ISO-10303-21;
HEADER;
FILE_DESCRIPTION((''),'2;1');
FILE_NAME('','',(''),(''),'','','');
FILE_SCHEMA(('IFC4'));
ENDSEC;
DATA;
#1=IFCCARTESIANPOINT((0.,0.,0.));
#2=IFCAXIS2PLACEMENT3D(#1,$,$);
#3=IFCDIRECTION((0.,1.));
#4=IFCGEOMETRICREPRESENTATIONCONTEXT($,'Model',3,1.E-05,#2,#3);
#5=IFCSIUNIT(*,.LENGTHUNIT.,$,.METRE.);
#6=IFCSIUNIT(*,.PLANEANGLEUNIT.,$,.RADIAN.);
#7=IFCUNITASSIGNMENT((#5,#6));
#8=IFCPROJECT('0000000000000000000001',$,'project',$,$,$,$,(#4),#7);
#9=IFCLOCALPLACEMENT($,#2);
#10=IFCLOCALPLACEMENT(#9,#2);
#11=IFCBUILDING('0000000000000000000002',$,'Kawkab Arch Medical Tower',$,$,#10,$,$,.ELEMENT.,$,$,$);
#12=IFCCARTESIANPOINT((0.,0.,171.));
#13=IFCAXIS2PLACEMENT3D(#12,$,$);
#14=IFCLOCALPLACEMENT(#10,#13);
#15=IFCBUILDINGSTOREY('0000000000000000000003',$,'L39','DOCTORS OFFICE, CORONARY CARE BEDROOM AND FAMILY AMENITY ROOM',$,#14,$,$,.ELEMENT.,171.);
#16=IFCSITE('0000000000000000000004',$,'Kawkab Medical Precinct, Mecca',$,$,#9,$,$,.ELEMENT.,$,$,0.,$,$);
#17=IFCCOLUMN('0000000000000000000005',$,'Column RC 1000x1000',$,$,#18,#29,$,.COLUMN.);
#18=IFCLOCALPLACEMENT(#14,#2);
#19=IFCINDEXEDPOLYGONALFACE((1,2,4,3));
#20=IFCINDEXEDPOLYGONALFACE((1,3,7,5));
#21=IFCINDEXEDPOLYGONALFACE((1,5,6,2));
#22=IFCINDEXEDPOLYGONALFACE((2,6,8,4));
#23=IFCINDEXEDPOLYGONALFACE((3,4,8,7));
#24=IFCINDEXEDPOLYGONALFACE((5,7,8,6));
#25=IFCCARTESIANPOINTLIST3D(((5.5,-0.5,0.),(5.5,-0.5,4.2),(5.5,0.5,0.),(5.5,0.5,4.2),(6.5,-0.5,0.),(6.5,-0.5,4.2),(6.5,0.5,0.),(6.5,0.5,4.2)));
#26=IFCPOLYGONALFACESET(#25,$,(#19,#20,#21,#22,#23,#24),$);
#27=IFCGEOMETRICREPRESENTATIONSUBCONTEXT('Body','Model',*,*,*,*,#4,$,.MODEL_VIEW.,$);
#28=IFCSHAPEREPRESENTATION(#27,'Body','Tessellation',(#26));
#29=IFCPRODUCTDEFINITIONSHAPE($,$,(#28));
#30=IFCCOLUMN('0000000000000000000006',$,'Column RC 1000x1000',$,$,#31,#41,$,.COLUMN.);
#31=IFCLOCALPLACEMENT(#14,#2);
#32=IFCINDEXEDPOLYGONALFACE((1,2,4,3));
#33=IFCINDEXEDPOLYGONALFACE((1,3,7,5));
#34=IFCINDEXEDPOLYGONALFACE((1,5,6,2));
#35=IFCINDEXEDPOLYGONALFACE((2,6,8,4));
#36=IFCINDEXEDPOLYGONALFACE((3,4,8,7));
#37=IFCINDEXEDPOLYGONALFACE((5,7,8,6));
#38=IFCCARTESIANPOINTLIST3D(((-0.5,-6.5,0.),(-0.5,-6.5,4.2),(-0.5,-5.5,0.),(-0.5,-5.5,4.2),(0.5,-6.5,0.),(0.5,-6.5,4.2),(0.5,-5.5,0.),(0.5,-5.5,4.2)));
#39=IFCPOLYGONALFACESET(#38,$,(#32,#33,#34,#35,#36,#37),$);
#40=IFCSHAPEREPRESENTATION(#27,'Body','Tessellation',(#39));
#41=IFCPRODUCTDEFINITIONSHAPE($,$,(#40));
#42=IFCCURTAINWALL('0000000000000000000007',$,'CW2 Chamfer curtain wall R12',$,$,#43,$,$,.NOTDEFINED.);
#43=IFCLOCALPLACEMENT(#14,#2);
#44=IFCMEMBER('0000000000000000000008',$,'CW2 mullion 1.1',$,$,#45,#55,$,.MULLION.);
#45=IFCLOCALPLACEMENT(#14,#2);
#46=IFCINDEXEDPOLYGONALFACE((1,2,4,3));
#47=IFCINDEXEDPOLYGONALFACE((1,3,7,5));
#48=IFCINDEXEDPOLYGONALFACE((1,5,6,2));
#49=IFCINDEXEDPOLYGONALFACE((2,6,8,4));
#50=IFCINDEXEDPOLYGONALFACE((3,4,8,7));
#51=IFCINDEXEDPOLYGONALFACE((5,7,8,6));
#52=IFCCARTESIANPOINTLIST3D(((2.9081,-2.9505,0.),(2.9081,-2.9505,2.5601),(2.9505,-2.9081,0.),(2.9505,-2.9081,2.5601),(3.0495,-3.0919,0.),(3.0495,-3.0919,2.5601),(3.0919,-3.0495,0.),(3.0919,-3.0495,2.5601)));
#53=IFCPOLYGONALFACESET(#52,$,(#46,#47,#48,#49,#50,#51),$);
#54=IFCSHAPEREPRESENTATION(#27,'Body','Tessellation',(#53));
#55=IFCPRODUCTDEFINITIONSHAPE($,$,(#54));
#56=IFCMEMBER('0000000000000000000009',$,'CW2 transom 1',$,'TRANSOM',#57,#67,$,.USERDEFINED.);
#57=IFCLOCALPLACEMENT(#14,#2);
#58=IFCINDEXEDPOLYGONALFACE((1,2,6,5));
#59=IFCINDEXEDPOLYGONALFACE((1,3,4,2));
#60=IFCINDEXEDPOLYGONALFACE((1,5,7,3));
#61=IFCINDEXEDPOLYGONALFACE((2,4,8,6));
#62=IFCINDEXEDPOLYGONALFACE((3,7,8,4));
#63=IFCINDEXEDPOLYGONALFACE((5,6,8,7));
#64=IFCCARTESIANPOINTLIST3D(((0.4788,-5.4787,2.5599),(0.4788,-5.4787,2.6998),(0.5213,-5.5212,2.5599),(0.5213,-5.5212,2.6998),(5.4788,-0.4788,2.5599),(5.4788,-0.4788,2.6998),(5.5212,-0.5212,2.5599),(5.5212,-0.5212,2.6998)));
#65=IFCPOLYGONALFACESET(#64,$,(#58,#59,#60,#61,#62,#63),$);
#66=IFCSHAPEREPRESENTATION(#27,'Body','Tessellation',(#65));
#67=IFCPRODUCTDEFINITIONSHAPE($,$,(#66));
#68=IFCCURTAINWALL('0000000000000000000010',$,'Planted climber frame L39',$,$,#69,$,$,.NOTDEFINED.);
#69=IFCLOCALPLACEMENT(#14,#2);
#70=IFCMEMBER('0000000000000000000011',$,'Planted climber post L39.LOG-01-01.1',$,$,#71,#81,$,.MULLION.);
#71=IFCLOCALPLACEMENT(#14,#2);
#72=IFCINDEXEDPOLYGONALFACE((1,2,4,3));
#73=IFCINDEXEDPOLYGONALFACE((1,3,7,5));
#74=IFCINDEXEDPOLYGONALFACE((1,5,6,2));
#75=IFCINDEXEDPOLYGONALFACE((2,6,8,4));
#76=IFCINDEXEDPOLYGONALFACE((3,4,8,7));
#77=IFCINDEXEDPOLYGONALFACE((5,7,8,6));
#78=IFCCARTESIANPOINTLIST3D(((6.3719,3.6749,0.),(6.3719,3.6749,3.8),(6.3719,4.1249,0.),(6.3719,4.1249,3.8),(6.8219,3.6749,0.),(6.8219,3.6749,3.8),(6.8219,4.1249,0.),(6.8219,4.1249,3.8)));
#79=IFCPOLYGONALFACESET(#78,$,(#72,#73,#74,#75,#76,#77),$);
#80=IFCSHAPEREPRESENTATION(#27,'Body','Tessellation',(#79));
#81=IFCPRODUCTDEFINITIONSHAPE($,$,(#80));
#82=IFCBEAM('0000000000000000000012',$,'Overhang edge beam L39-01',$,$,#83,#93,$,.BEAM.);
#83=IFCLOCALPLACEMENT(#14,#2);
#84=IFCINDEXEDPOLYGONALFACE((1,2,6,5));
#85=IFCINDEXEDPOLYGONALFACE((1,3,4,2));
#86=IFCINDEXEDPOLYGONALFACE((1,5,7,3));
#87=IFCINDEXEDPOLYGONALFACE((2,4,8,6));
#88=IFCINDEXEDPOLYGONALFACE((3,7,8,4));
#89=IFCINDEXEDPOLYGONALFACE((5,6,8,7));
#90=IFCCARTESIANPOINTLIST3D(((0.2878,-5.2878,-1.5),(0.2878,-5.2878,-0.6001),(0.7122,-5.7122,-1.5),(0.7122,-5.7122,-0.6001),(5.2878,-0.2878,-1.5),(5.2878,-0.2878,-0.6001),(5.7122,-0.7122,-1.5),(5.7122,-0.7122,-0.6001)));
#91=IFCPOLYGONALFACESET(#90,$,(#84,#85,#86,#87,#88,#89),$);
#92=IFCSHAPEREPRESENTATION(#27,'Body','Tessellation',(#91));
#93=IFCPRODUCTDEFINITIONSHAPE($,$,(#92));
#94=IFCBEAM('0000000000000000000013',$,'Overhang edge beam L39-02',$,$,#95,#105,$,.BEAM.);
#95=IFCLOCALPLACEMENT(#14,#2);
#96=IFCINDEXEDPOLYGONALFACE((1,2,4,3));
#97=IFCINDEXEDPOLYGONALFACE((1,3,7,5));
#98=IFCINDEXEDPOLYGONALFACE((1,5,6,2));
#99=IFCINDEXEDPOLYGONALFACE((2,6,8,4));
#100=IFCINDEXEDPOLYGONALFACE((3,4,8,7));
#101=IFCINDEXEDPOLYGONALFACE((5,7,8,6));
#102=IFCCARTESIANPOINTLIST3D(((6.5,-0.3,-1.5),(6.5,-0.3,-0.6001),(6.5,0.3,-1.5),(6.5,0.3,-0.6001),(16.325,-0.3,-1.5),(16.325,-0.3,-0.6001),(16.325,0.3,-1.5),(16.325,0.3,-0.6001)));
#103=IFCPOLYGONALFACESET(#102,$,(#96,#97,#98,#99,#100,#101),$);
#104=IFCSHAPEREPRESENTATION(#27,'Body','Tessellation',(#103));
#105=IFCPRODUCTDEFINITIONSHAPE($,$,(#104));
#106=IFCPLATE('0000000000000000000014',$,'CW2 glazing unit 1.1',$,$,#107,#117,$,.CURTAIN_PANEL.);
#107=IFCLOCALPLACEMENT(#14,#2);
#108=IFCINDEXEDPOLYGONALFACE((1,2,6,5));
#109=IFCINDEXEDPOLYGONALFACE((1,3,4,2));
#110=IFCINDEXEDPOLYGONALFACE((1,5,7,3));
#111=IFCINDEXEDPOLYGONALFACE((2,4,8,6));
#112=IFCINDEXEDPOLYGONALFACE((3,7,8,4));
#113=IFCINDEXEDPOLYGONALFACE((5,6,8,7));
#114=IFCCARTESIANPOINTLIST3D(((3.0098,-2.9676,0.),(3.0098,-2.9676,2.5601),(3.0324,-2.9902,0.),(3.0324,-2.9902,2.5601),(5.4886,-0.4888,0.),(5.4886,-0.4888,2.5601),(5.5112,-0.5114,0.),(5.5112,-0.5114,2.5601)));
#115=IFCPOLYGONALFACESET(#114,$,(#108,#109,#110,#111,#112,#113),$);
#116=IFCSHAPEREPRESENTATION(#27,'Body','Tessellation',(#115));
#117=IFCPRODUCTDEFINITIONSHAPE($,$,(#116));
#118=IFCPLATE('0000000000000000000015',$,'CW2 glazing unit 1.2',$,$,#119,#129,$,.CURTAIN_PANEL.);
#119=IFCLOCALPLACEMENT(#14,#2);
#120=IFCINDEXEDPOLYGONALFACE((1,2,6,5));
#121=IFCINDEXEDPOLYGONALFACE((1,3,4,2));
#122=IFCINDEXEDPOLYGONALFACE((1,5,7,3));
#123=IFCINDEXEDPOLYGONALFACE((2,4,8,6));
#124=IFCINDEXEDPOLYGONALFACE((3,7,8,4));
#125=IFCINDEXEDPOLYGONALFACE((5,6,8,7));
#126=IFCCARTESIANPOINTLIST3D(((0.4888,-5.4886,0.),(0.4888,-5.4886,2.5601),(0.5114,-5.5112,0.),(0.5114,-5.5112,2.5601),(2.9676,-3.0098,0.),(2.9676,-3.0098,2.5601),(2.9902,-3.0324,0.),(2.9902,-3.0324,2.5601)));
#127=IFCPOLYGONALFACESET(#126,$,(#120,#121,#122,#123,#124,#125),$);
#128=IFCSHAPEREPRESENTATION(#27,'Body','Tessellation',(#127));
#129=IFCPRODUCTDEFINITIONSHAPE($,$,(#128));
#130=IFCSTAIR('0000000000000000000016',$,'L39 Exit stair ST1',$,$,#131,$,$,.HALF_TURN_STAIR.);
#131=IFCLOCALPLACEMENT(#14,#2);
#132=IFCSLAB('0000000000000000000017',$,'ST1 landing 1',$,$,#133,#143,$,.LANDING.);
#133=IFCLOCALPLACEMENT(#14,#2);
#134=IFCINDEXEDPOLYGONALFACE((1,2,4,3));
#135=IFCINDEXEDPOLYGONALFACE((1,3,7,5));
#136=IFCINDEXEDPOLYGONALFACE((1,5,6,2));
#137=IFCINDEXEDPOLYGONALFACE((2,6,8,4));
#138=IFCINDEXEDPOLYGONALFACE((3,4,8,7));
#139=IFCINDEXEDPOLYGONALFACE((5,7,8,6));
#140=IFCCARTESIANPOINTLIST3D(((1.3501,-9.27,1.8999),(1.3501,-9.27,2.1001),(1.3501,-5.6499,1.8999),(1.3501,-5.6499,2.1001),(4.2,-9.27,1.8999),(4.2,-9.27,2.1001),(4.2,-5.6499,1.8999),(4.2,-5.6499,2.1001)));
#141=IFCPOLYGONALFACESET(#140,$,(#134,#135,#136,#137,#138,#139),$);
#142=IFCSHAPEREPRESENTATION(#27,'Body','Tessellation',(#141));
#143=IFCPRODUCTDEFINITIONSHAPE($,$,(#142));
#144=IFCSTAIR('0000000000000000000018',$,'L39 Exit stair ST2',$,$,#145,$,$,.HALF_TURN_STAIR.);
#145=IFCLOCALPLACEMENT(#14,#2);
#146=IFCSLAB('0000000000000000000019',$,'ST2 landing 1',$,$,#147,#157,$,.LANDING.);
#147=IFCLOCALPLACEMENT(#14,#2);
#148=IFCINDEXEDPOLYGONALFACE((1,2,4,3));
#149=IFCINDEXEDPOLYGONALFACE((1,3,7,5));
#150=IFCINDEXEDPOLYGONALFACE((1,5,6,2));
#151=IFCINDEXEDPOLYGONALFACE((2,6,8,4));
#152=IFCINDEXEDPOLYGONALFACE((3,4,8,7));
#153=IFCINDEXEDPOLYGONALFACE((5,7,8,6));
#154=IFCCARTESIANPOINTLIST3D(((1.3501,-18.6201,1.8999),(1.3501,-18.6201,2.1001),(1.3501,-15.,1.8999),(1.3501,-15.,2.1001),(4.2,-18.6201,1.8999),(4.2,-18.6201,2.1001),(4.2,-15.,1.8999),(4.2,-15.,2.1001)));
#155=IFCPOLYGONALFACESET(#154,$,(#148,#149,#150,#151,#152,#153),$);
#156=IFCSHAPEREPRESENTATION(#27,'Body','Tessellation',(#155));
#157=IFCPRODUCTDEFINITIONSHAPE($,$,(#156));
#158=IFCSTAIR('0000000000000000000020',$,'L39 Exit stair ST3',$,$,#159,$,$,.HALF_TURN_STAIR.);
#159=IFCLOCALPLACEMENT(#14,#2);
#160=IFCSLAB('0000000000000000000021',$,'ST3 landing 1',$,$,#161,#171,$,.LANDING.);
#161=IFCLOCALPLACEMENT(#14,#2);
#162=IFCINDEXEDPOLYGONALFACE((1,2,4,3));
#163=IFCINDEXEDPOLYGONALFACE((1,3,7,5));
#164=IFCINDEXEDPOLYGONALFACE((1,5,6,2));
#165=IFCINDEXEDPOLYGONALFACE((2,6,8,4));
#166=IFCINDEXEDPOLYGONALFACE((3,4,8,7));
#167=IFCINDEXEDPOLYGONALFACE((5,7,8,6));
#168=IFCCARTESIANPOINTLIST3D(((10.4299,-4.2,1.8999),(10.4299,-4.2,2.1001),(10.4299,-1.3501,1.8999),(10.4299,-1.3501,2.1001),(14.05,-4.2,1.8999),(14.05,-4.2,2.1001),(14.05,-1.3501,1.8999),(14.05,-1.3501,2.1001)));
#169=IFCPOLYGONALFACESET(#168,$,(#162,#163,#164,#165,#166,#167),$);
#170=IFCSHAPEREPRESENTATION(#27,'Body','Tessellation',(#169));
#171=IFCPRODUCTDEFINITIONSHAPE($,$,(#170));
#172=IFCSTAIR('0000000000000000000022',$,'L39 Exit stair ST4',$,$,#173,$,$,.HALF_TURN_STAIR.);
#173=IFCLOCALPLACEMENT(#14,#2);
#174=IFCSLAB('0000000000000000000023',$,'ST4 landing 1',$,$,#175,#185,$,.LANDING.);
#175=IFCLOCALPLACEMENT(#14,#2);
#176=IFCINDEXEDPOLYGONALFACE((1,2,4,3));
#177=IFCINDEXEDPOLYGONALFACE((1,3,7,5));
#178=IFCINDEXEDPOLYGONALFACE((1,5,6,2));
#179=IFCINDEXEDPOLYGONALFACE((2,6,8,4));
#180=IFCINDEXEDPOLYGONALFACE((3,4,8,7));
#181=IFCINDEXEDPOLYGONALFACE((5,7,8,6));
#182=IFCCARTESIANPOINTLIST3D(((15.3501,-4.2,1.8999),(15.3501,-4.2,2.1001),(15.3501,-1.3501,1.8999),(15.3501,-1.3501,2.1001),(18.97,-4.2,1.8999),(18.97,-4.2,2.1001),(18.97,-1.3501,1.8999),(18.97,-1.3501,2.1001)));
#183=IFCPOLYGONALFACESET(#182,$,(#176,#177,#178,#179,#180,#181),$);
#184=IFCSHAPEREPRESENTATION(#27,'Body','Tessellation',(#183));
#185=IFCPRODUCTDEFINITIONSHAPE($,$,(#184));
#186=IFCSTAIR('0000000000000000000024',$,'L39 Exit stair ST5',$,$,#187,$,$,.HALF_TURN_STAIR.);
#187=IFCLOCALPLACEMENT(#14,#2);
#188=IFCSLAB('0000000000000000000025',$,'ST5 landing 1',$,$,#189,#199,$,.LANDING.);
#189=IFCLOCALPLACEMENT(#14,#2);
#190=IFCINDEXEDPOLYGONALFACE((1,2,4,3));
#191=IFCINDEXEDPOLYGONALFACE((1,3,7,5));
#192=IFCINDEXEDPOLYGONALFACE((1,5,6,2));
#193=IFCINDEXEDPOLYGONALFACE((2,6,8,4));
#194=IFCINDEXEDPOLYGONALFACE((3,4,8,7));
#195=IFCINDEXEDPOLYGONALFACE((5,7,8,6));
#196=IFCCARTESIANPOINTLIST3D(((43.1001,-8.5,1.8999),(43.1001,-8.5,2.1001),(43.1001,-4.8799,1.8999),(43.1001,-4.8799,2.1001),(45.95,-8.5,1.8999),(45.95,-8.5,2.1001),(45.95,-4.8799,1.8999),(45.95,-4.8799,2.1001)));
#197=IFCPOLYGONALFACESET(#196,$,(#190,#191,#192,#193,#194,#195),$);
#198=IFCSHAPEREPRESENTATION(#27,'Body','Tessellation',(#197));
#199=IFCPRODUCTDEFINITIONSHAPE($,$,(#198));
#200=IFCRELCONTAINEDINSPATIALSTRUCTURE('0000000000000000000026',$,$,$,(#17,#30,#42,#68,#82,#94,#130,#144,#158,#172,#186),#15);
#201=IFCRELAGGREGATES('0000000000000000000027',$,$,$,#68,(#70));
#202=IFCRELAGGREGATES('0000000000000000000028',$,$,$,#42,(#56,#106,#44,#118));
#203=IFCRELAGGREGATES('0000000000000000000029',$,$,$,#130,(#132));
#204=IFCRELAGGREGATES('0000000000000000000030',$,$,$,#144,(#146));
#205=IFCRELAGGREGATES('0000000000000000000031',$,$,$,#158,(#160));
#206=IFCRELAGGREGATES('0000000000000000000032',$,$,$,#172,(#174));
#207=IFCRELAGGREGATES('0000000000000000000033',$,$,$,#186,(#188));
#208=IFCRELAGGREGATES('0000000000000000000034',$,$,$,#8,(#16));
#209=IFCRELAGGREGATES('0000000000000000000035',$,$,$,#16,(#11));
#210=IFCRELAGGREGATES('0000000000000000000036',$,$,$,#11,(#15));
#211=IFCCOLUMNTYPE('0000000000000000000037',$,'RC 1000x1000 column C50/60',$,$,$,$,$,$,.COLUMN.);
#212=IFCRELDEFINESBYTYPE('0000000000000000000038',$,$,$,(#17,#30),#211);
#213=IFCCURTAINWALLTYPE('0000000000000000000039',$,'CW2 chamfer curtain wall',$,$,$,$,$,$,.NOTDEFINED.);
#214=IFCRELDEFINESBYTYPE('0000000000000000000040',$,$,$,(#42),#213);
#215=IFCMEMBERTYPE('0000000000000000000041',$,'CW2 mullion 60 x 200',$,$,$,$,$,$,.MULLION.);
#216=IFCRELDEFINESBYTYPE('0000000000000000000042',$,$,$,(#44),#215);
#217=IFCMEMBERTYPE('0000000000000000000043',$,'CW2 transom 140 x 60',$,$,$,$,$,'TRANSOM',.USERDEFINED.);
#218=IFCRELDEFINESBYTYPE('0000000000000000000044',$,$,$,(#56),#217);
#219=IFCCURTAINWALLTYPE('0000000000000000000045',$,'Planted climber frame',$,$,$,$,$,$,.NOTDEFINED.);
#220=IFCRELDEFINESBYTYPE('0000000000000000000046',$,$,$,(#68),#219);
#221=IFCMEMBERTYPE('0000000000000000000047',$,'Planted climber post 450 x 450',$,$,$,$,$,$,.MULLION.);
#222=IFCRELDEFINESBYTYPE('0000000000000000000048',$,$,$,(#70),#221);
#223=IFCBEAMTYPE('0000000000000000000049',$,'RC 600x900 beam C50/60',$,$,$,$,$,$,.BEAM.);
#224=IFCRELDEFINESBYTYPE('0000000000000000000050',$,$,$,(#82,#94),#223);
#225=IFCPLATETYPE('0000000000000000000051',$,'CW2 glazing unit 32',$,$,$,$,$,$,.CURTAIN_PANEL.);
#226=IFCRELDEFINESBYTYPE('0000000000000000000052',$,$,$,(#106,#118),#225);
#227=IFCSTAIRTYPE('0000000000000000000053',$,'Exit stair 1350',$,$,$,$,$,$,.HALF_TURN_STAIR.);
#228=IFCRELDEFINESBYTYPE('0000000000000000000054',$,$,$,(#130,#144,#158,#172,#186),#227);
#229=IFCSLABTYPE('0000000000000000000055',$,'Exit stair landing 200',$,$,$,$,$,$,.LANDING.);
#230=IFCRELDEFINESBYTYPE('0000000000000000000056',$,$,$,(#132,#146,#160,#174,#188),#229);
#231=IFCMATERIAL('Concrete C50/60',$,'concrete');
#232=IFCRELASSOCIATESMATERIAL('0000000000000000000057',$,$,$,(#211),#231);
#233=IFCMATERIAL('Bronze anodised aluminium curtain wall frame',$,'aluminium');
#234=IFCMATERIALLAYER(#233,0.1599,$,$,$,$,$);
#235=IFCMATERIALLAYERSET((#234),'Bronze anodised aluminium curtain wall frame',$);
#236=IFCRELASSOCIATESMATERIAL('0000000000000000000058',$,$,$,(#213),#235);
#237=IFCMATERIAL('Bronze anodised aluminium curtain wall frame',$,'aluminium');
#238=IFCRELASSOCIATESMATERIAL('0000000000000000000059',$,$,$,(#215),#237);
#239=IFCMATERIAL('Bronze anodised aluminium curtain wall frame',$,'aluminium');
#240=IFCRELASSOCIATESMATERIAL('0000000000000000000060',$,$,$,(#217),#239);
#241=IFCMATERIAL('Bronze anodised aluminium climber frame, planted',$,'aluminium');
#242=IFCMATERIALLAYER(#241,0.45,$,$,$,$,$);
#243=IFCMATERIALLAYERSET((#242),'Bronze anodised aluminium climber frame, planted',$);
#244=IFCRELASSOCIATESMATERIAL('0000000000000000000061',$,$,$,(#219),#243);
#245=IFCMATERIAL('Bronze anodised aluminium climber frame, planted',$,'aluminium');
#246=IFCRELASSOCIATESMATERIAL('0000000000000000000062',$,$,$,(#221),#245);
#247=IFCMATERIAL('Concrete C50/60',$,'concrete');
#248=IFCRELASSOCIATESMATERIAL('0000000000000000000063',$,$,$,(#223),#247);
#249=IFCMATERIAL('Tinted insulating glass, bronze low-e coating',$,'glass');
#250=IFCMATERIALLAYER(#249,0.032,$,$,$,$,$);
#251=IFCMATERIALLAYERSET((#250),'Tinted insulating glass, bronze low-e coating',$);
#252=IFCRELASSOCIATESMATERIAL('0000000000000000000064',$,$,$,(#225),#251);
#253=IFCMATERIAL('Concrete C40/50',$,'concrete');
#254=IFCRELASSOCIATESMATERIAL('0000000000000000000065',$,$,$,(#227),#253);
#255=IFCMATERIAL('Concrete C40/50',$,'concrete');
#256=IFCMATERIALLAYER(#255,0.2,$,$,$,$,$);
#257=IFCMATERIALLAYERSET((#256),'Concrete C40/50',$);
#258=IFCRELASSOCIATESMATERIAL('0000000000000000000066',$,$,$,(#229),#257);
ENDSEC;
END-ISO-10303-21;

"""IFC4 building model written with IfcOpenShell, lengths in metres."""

from ifc_helpers import new_model, si_unit, direction, frame, origin, origin_2d, place, context, subcontext, project, spatial, polyline, rectangle, outline, extrude, material, layer, layer_set, material_profile, profile_set, type_object, element, aggregate, save


model = new_model("IFC4")

# Units and contexts
model_context = context("Model", 3, precision=1e-05, world=origin(), true_north=direction((0.0, 1.0)))
body_context = subcontext(model_context, "Body", "Model", "MODEL_VIEW")
ifc_project = project(units=[si_unit("LENGTHUNIT", "METRE"), si_unit("PLANEANGLEUNIT", "RADIAN")], contexts=[model_context])

# Site, building, storey
site_placement = place(None, origin())
site = spatial("IfcSite", under=ifc_project, at=site_placement, Name="Kawkab Medical Precinct, Mecca", CompositionType="ELEMENT", RefElevation=0.0)
building_placement = place(site_placement, origin())
building = spatial("IfcBuilding", under=site, at=building_placement, Name="Kawkab Arch Medical Tower", CompositionType="ELEMENT")
storey_placement = place(building_placement, frame((0.0, 0.0, 171.0)))
storey = spatial("IfcBuildingStorey", under=building, at=storey_placement, Name="L39", Description="DOCTORS OFFICE, CORONARY CARE BEDROOM AND FAMILY AMENITY ROOM", CompositionType="ELEMENT", Elevation=171.0)

# Columns
ifc_material_1 = material(Name="Concrete C50/60", Category="concrete")
ifc_material_profile_1 = material_profile(ifc_material_1, rectangle(XDim=1.0, YDim=1.0, at=origin_2d()), Name="RC 1000x1000")
ifc_profile_set_1 = profile_set([ifc_material_profile_1], Name="Concrete C50/60")
column_type = type_object("IfcColumnType", Name="RC 1000x1000 column C50/60", PredefinedType="COLUMN", material=ifc_profile_set_1)
for number, where, z_axis, x_axis, name in (
    (1, (6.0, 0.0, 0.0), (0.0, 0.0, 1.0), (1.0, 0.0, 0.0), "Column RC 1000x1000"),
    (2, (0.0, -6.0, 0.0), (0.0, 0.0, 1.0), (1.0, 0.0, 0.0), "Column RC 1000x1000"),
):
    element("IfcColumn", number, at=place(storey_placement, frame(where, z_axis=z_axis, x_axis=x_axis)), inside=storey, type_object=column_type, Name=name, PredefinedType="COLUMN", context=body_context, shape_type="SweptSolid", body=[
        extrude(rectangle(XDim=1.0, YDim=1.0, at=origin_2d()), origin(), (0.0, 0.0, 1.0), 4.2),
    ])

# Curtain wall, members
ifc_material_2 = material(Name="Bronze anodised aluminium curtain wall frame", Category="aluminium")
ifc_layer_1 = layer(ifc_material_2, 0.1599)
ifc_layer_set_1 = layer_set([ifc_layer_1], Name="Bronze anodised aluminium curtain wall frame")
curtain_wall_type_1 = type_object("IfcCurtainWallType", Name="CW2 chamfer curtain wall", PredefinedType="NOTDEFINED", material=ifc_layer_set_1)
placement_1 = place(storey_placement, origin())
curtain_wall_1 = element("IfcCurtainWall", 3, at=placement_1, inside=storey, type_object=curtain_wall_type_1, Name="CW2 Chamfer curtain wall R12", PredefinedType="NOTDEFINED")
ifc_material_3 = material(Name="Bronze anodised aluminium curtain wall frame", Category="aluminium")
ifc_material_profile_2 = material_profile(ifc_material_3, rectangle(XDim=0.2, YDim=0.0601, at=origin_2d()), Name="AL 60x200")
ifc_profile_set_2 = profile_set([ifc_material_profile_2], Name="Bronze anodised aluminium curtain wall frame")
member_type_1 = type_object("IfcMemberType", Name="CW2 mullion 60 x 200", PredefinedType="MULLION", material=ifc_profile_set_2)
member_1_placement = place(storey_placement, frame((3.0, -3.0, 0.0), z_axis=(0.0, 0.0, 1.0), x_axis=(0.707107, -0.707107, 0.0)))
member_1 = element("IfcMember", 4, at=member_1_placement, type_object=member_type_1, Name="CW2 mullion 1.1", PredefinedType="MULLION", context=body_context, shape_type="SweptSolid", body=[
    extrude(rectangle(XDim=0.2, YDim=0.0601, at=origin_2d()), origin(), (0.0, 0.0, 1.0), 2.5601),
])
ifc_material_4 = material(Name="Bronze anodised aluminium curtain wall frame", Category="aluminium")
ifc_material_profile_3 = material_profile(ifc_material_4, rectangle(XDim=0.0601, YDim=0.1399, at=origin_2d()), Name="AL 60x140")
ifc_profile_set_3 = profile_set([ifc_material_profile_3], Name="Bronze anodised aluminium curtain wall frame")
member_type_2 = type_object("IfcMemberType", Name="CW2 transom 140 x 60", ElementType="TRANSOM", PredefinedType="USERDEFINED", material=ifc_profile_set_3)
member_2_placement = place(storey_placement, frame((5.5, -0.5, 2.6299), z_axis=(-0.707107, -0.707107, 0.0), x_axis=(0.707107, -0.707107, 0.0)))
member_2 = element("IfcMember", 5, at=member_2_placement, type_object=member_type_2, Name="CW2 transom 1", ObjectType="TRANSOM", PredefinedType="USERDEFINED", context=body_context, shape_type="SweptSolid", body=[
    extrude(rectangle(XDim=0.0601, YDim=0.1399, at=origin_2d()), origin(), (0.0, 0.0, 1.0), 7.071),
])

# Curtain wall, member
ifc_material_5 = material(Name="Bronze anodised aluminium climber frame, planted", Category="aluminium")
ifc_layer_2 = layer(ifc_material_5, 0.45)
ifc_layer_set_2 = layer_set([ifc_layer_2], Name="Bronze anodised aluminium climber frame, planted")
curtain_wall_type_2 = type_object("IfcCurtainWallType", Name="Planted climber frame", PredefinedType="NOTDEFINED", material=ifc_layer_set_2)
curtain_wall_2 = element("IfcCurtainWall", 6, at=placement_1, inside=storey, type_object=curtain_wall_type_2, Name="Planted climber frame L39", PredefinedType="NOTDEFINED")
ifc_material_6 = material(Name="Bronze anodised aluminium climber frame, planted", Category="aluminium")
ifc_material_profile_4 = material_profile(ifc_material_6, rectangle(XDim=0.45, YDim=0.45, at=origin_2d()), Name="Post 450x450")
ifc_profile_set_4 = profile_set([ifc_material_profile_4], Name="Bronze anodised aluminium climber frame, planted")
member_type_3 = type_object("IfcMemberType", Name="Planted climber post 450 x 450", PredefinedType="MULLION", material=ifc_profile_set_4)
member_3_placement = place(storey_placement, frame((6.5969, 3.8999, 0.0), z_axis=(0.0, 0.0, 1.0), x_axis=(1.0, 0.0, 0.0)))
member_3 = element("IfcMember", 7, at=member_3_placement, type_object=member_type_3, Name="Planted climber post L39.LOG-01-01.1", PredefinedType="MULLION", context=body_context, shape_type="SweptSolid", body=[
    extrude(rectangle(XDim=0.45, YDim=0.45, at=origin_2d()), origin(), (0.0, 0.0, 1.0), 3.8),
])
aggregate(curtain_wall_2, [member_3])

# Beams
ifc_material_7 = material(Name="Concrete C50/60", Category="concrete")
ifc_material_profile_5 = material_profile(ifc_material_7, rectangle(XDim=0.6001, YDim=0.8999, at=origin_2d()), Name="RC 600x900")
ifc_profile_set_5 = profile_set([ifc_material_profile_5], Name="Concrete C50/60")
beam_type = type_object("IfcBeamType", Name="RC 600x900 beam C50/60", PredefinedType="BEAM", material=ifc_profile_set_5)
beam_1_placement = place(storey_placement, frame((0.5, -5.5, -1.05), z_axis=(0.707107, 0.707107, 0.0), x_axis=(-0.707107, 0.707107, 0.0)))
element("IfcBeam", 8, at=beam_1_placement, inside=storey, type_object=beam_type, Name="Overhang edge beam L39-01", PredefinedType="BEAM", context=body_context, shape_type="SweptSolid", body=[
    extrude(rectangle(XDim=0.6001, YDim=0.8999, at=origin_2d()), origin(), (0.0, 0.0, 1.0), 7.071),
])
beam_2_placement = place(storey_placement, frame((6.5, 0.0, -1.05), z_axis=(1.0, 0.0, 0.0), x_axis=(0.0, 1.0, 0.0)))
element("IfcBeam", 9, at=beam_2_placement, inside=storey, type_object=beam_type, Name="Overhang edge beam L39-02", PredefinedType="BEAM", context=body_context, shape_type="SweptSolid", body=[
    extrude(rectangle(XDim=0.6001, YDim=0.8999, at=origin_2d()), origin(), (0.0, 0.0, 1.0), 9.825),
])

# Plates
ifc_material_8 = material(Name="Tinted insulating glass, bronze low-e coating", Category="glass")
ifc_layer_3 = layer(ifc_material_8, 0.032)
ifc_layer_set_3 = layer_set([ifc_layer_3], Name="Tinted insulating glass, bronze low-e coating")
plate_type = type_object("IfcPlateType", Name="CW2 glazing unit 32", PredefinedType="CURTAIN_PANEL", material=ifc_layer_set_3)
plate_1_placement = place(storey_placement, frame((4.2605, -1.7395, 0.0), z_axis=(0.0, 0.0, 1.0), x_axis=(-0.707107, -0.707107, 0.0)))
plate_1 = element("IfcPlate", 10, at=plate_1_placement, type_object=plate_type, Name="CW2 glazing unit 1.1", PredefinedType="CURTAIN_PANEL", context=body_context, shape_type="SweptSolid", body=[
    extrude(rectangle(XDim=3.5056, YDim=0.032, at=origin_2d()), origin(), (0.0, 0.0, 1.0), 2.5601),
])
plate_2_placement = place(storey_placement, frame((1.7395, -4.2605, 0.0), z_axis=(0.0, 0.0, 1.0), x_axis=(-0.707107, -0.707107, 0.0)))
plate_2 = element("IfcPlate", 11, at=plate_2_placement, type_object=plate_type, Name="CW2 glazing unit 1.2", PredefinedType="CURTAIN_PANEL", context=body_context, shape_type="SweptSolid", body=[
    extrude(rectangle(XDim=3.5056, YDim=0.032, at=origin_2d()), origin(), (0.0, 0.0, 1.0), 2.5601),
])
aggregate(curtain_wall_1, [member_2, plate_1, member_1, plate_2])

# Stairs, slabs
ifc_material_9 = material(Name="Concrete C40/50", Category="concrete")
stair_type = type_object("IfcStairType", Name="Exit stair 1350", PredefinedType="HALF_TURN_STAIR", material=ifc_material_9)
stair_1 = element("IfcStair", 12, at=placement_1, inside=storey, type_object=stair_type, Name="L39 Exit stair ST1", PredefinedType="HALF_TURN_STAIR")
ifc_material_10 = material(Name="Concrete C40/50", Category="concrete")
ifc_layer_4 = layer(ifc_material_10, 0.2)
ifc_layer_set_4 = layer_set([ifc_layer_4], Name="Concrete C40/50")
slab_type_1 = type_object("IfcSlabType", Name="Exit stair landing 200", PredefinedType="LANDING", material=ifc_layer_set_4)
placement_2 = place(storey_placement, frame((0.0, 0.0, 1.8999)))
slab_1 = element("IfcSlab", 13, at=placement_2, type_object=slab_type_1, Name="ST1 landing 1", PredefinedType="LANDING", context=body_context, shape_type="SweptSolid", body=[
    extrude(outline(polyline([(4.2, -9.27), (4.2, -5.6499), (1.3501, -5.6499), (1.3501, -9.27), (4.2, -9.27)])), origin(), (0.0, 0.0, 1.0), 0.2002),
])
aggregate(stair_1, [slab_1])
stair_2 = element("IfcStair", 14, at=placement_1, inside=storey, type_object=stair_type, Name="L39 Exit stair ST2", PredefinedType="HALF_TURN_STAIR")
slab_2 = element("IfcSlab", 15, at=placement_2, type_object=slab_type_1, Name="ST2 landing 1", PredefinedType="LANDING", context=body_context, shape_type="SweptSolid", body=[
    extrude(outline(polyline([(4.2, -18.6201), (4.2, -15.0), (1.3501, -15.0), (1.3501, -18.6201), (4.2, -18.6201)])), origin(), (0.0, 0.0, 1.0), 0.2002),
])
aggregate(stair_2, [slab_2])
stair_3 = element("IfcStair", 16, at=placement_1, inside=storey, type_object=stair_type, Name="L39 Exit stair ST3", PredefinedType="HALF_TURN_STAIR")
slab_3 = element("IfcSlab", 17, at=placement_2, type_object=slab_type_1, Name="ST3 landing 1", PredefinedType="LANDING", context=body_context, shape_type="SweptSolid", body=[
    extrude(outline(polyline([(10.4299, -4.2), (14.05, -4.2), (14.05, -1.3501), (10.4299, -1.3501), (10.4299, -4.2)])), origin(), (0.0, 0.0, 1.0), 0.2002),
])
aggregate(stair_3, [slab_3])
stair_4 = element("IfcStair", 18, at=placement_1, inside=storey, type_object=stair_type, Name="L39 Exit stair ST4", PredefinedType="HALF_TURN_STAIR")
slab_4 = element("IfcSlab", 19, at=placement_2, type_object=slab_type_1, Name="ST4 landing 1", PredefinedType="LANDING", context=body_context, shape_type="SweptSolid", body=[
    extrude(outline(polyline([(18.97, -1.3501), (15.3501, -1.3501), (15.3501, -4.2), (18.97, -4.2), (18.97, -1.3501)])), origin(), (0.0, 0.0, 1.0), 0.2002),
])
aggregate(stair_4, [slab_4])
stair_5 = element("IfcStair", 20, at=placement_1, inside=storey, type_object=stair_type, Name="L39 Exit stair ST5", PredefinedType="HALF_TURN_STAIR")
slab_5 = element("IfcSlab", 21, at=placement_2, type_object=slab_type_1, Name="ST5 landing 1", PredefinedType="LANDING", context=body_context, shape_type="SweptSolid", body=[
    extrude(outline(polyline([(43.1001, -4.8799), (43.1001, -8.5), (45.95, -8.5), (45.95, -4.8799), (43.1001, -4.8799)])), origin(), (0.0, 0.0, 1.0), 0.2002),
])
aggregate(stair_5, [slab_5])

save(model, "model.ifc")
